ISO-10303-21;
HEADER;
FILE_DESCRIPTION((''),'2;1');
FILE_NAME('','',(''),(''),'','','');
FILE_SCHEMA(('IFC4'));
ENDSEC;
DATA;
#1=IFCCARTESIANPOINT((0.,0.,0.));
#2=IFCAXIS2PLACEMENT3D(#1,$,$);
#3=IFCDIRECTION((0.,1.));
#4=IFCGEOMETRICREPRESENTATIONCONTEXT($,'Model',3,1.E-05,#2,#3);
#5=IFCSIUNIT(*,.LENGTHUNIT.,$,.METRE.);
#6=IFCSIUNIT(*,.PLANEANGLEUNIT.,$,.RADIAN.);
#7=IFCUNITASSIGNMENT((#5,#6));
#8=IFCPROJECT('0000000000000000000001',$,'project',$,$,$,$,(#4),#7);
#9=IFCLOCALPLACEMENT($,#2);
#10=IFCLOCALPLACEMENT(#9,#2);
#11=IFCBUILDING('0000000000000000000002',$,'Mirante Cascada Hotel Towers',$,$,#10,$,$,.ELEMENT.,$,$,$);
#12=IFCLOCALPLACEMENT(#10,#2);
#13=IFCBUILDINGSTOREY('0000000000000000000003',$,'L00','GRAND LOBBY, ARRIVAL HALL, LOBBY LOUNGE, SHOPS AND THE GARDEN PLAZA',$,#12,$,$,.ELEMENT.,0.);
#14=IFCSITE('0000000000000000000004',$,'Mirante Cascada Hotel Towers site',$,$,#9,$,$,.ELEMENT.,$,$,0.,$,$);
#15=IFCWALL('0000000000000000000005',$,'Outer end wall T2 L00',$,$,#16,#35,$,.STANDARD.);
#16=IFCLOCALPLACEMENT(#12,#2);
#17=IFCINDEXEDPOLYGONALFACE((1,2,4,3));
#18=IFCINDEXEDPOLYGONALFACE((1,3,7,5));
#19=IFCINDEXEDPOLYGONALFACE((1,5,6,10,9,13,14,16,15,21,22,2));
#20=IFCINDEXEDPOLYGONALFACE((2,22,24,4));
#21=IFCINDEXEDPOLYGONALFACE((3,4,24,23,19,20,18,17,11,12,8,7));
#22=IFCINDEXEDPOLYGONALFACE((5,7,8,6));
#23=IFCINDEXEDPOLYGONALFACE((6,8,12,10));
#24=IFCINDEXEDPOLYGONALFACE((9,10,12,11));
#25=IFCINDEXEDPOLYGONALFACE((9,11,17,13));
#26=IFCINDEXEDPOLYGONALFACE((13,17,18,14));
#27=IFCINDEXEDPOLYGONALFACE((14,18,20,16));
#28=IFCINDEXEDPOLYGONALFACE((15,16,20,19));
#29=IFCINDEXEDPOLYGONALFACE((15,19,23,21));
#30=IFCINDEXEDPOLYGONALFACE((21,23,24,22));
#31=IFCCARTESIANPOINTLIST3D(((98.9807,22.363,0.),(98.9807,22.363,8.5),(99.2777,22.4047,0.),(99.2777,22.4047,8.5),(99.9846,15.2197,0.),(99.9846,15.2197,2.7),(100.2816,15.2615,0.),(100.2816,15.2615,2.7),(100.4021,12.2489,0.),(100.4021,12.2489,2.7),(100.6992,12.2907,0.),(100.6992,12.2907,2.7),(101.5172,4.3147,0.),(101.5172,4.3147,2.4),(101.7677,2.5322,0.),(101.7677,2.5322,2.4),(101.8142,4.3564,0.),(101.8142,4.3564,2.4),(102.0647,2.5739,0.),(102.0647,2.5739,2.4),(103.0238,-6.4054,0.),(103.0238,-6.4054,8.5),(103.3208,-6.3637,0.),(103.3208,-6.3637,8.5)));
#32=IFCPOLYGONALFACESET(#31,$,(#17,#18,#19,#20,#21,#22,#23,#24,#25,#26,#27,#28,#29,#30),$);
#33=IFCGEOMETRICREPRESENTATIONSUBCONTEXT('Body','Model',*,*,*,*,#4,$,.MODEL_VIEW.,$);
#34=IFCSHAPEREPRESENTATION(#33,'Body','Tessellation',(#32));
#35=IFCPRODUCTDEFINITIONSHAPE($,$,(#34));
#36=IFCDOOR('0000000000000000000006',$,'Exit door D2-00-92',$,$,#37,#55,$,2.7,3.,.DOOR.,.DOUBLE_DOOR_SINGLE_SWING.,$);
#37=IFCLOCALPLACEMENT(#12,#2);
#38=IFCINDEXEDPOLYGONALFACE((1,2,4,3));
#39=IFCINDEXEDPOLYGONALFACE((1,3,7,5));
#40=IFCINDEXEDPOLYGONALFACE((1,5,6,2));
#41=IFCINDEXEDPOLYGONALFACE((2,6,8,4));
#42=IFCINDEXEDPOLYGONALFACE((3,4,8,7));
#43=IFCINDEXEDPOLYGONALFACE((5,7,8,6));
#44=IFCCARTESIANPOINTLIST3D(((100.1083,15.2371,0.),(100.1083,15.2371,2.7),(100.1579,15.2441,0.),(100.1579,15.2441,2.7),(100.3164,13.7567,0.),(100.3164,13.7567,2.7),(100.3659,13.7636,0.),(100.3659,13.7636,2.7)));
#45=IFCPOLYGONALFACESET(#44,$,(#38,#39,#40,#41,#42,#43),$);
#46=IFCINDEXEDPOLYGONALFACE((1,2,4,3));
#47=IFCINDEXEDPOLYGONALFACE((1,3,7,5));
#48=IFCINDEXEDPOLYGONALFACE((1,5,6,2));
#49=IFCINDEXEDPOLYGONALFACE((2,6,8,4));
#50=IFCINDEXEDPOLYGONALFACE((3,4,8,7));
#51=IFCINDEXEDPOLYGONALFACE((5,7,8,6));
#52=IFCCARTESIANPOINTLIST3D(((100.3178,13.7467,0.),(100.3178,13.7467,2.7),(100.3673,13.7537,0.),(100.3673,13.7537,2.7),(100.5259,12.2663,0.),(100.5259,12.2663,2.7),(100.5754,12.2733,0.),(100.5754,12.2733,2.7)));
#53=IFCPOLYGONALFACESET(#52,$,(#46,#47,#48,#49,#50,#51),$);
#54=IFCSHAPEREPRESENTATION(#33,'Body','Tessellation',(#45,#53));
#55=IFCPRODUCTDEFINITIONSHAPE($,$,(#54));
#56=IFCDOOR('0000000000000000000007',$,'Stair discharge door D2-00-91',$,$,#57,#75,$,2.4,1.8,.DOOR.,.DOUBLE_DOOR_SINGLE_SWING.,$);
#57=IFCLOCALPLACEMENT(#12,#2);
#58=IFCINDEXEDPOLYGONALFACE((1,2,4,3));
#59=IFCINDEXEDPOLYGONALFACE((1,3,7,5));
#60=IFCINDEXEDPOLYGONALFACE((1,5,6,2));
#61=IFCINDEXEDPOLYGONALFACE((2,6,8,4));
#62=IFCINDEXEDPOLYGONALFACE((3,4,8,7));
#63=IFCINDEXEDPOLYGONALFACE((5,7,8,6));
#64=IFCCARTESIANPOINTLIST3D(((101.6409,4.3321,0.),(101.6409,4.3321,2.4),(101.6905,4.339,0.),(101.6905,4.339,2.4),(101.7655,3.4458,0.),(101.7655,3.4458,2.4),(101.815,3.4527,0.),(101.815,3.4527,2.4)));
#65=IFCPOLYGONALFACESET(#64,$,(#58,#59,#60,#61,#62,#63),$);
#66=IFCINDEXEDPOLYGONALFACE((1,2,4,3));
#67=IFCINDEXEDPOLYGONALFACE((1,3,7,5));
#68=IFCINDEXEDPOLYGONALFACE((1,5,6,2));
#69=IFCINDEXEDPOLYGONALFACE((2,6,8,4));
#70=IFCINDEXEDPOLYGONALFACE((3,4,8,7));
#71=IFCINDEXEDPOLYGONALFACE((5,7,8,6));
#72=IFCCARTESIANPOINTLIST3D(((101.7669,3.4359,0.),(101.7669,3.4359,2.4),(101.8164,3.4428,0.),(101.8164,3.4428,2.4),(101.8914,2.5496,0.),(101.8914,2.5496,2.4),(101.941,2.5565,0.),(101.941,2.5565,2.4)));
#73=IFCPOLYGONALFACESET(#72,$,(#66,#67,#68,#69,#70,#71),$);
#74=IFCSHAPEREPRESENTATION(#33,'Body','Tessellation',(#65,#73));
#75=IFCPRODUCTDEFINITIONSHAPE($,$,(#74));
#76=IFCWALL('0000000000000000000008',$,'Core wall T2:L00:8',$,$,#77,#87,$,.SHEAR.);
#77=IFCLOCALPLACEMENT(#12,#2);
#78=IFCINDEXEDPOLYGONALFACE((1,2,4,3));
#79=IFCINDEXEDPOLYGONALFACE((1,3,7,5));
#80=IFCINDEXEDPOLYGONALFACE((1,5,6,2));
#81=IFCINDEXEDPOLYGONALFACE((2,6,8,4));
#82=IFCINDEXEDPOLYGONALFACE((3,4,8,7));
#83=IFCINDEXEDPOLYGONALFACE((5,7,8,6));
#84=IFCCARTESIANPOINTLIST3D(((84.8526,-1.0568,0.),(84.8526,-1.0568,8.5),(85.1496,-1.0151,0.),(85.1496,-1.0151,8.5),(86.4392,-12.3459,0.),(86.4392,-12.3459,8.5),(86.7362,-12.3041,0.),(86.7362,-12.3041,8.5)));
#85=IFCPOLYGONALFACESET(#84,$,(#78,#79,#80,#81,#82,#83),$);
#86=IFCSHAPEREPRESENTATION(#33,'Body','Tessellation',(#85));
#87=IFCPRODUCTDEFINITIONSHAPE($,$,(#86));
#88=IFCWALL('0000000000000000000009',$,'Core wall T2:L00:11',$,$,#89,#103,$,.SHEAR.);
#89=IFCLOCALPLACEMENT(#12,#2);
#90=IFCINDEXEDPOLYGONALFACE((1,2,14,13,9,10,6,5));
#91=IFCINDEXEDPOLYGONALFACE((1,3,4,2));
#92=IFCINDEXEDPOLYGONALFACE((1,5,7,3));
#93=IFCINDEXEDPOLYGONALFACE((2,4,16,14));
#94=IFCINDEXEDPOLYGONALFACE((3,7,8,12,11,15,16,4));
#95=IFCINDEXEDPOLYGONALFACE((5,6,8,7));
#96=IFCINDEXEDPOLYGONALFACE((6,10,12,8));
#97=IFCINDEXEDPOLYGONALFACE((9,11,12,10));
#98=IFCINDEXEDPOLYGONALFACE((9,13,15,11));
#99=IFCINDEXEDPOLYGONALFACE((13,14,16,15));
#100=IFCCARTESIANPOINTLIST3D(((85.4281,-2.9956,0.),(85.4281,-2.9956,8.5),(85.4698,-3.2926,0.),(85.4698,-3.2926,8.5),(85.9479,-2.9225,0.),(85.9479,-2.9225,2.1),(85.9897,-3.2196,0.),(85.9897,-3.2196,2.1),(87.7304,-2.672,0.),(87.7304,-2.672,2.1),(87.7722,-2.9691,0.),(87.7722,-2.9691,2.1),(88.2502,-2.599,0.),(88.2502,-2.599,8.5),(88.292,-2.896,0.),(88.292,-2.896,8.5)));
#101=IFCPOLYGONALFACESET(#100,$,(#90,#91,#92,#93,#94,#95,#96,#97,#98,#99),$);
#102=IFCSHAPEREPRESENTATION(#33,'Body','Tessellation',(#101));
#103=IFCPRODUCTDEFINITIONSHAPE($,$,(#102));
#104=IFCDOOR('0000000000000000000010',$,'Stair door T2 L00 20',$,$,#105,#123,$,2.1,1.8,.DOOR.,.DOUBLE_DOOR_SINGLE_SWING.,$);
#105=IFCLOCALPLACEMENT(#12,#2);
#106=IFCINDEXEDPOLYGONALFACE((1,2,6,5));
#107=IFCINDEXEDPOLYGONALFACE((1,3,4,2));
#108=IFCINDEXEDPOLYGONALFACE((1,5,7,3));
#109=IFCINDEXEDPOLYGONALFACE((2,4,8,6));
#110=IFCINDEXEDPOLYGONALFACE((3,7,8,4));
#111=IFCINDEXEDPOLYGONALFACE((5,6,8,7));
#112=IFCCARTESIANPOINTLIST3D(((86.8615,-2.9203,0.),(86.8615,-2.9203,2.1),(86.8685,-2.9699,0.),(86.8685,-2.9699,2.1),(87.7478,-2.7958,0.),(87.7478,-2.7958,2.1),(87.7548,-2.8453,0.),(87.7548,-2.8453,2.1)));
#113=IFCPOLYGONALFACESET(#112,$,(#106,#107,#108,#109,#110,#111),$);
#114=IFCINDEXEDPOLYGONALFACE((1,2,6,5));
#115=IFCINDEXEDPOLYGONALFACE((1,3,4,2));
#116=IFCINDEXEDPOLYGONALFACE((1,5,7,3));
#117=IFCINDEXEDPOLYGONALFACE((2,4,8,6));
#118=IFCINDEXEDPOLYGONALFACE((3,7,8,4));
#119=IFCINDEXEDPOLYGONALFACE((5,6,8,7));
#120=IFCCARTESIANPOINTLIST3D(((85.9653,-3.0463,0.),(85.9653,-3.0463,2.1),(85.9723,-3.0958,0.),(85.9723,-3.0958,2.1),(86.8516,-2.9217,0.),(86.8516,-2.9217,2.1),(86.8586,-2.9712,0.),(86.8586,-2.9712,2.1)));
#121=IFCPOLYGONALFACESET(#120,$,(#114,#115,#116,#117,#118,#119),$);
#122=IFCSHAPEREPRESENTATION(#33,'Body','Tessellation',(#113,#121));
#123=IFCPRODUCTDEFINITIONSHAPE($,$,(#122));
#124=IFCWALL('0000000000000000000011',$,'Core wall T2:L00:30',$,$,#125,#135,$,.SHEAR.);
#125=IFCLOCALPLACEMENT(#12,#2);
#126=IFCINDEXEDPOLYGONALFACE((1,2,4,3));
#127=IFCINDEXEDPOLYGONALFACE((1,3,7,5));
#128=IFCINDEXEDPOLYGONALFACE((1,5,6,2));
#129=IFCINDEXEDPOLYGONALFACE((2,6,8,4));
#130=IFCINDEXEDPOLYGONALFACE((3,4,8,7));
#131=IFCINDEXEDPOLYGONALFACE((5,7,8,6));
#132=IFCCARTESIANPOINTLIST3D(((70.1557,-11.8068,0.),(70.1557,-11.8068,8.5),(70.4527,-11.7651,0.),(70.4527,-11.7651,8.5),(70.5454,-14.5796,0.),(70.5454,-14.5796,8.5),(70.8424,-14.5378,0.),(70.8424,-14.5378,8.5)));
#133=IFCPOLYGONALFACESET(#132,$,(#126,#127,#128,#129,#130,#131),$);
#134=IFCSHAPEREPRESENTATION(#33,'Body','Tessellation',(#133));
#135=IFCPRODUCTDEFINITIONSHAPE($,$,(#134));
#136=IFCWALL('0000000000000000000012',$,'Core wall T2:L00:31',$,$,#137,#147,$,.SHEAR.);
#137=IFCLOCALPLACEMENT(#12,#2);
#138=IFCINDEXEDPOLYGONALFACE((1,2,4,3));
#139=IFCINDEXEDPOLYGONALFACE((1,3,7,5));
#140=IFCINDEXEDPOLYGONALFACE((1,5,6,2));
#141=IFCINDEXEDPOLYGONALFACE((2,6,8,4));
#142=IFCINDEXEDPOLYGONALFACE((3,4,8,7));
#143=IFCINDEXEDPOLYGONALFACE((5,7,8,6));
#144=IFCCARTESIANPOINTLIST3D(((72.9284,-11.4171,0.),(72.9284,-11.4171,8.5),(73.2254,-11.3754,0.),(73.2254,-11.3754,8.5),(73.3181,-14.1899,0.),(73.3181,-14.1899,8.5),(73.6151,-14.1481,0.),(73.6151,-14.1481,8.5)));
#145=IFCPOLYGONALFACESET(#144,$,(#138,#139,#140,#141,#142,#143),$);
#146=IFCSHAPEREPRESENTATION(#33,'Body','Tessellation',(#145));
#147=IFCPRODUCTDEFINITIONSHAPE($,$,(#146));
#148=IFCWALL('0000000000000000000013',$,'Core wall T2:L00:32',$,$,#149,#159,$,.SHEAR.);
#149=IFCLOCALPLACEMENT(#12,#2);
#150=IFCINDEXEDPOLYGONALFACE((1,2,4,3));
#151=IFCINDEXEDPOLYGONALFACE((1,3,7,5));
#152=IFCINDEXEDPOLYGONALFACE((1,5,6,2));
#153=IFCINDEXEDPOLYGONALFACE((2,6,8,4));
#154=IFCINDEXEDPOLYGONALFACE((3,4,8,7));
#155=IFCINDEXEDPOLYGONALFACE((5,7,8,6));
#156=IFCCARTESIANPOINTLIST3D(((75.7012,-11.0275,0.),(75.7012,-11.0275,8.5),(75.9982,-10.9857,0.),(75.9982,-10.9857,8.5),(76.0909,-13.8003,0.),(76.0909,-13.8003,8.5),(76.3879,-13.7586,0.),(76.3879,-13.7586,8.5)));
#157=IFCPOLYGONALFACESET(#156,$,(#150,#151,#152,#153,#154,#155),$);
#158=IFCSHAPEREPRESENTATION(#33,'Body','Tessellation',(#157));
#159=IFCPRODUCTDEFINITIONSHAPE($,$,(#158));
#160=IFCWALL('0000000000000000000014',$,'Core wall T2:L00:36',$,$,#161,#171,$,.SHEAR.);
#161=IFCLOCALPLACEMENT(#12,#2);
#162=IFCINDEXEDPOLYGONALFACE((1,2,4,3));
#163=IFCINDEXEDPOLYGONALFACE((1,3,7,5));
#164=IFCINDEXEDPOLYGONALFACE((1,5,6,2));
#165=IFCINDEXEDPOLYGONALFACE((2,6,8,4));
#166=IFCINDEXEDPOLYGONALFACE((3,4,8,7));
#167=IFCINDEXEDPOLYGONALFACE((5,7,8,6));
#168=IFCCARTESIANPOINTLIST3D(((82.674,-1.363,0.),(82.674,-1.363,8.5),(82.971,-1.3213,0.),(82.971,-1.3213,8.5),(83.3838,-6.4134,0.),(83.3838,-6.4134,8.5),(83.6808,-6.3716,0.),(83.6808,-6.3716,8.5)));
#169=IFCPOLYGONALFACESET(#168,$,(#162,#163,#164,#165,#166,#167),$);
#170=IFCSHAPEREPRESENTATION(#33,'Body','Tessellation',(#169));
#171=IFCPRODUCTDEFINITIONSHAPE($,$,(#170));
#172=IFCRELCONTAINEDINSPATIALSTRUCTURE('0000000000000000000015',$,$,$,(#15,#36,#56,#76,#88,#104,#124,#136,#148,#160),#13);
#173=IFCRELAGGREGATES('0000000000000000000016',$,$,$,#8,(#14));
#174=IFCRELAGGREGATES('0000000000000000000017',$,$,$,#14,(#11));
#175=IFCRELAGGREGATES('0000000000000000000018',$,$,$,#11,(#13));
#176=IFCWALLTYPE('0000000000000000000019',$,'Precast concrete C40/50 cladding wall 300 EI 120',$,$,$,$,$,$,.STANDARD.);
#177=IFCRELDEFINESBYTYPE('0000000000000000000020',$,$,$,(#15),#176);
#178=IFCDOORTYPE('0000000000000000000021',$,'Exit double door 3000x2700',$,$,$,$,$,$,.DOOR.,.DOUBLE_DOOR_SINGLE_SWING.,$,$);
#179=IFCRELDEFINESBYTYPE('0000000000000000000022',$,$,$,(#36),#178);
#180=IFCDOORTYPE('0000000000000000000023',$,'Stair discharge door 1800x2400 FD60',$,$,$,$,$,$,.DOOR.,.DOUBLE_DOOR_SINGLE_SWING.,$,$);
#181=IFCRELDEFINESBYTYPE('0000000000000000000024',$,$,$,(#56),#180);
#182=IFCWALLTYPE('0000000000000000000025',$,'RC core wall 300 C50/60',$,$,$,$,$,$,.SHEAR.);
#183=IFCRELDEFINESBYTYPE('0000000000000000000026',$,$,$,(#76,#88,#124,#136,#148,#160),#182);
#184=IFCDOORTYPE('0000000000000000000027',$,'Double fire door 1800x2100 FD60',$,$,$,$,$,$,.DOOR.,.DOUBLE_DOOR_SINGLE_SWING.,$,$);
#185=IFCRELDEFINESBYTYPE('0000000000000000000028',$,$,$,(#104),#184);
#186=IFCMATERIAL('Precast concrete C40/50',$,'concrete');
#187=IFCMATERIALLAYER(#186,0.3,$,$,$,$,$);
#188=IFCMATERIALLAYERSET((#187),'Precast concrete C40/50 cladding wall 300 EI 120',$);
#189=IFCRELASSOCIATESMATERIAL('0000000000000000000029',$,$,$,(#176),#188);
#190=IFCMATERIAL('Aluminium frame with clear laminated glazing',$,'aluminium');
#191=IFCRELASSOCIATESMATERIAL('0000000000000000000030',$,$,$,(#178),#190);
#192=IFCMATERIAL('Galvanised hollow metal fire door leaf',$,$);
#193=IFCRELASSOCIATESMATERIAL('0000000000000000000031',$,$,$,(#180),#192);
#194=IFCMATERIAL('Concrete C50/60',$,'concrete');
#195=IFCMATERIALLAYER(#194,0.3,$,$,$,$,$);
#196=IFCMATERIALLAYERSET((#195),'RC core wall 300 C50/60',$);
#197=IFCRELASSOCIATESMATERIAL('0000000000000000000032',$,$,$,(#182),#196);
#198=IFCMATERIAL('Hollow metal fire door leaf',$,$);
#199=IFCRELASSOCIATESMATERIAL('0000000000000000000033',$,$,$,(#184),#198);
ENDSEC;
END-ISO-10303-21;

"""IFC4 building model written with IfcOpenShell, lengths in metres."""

from ifc_helpers import new_model, si_unit, direction, frame, frame_2d, origin, place, context, subcontext, project, spatial, rectangle, extrude, material, layer, layer_set, type_object, element, fill, save


model = new_model("IFC4")

# Units and contexts
model_context = context("Model", 3, precision=1e-05, world=origin(), true_north=direction((0.0, 1.0)))
body_context = subcontext(model_context, "Body", "Model", "MODEL_VIEW")
ifc_project = project(units=[si_unit("LENGTHUNIT", "METRE"), si_unit("PLANEANGLEUNIT", "RADIAN")], contexts=[model_context])

# Site, building, storey
site_placement = place(None, origin())
site = spatial("IfcSite", under=ifc_project, at=site_placement, Name="Mirante Cascada Hotel Towers site", CompositionType="ELEMENT", RefElevation=0.0)
building_placement = place(site_placement, origin())
building = spatial("IfcBuilding", under=site, at=building_placement, Name="Mirante Cascada Hotel Towers", CompositionType="ELEMENT")
storey_placement = place(building_placement, origin())
storey = spatial("IfcBuildingStorey", under=building, at=storey_placement, Name="L00", Description="GRAND LOBBY, ARRIVAL HALL, LOBBY LOUNGE, SHOPS AND THE GARDEN PLAZA", CompositionType="ELEMENT", Elevation=0.0)

# Wall, openings, doors
ifc_material_1 = material(Name="Precast concrete C40/50", Category="concrete")
ifc_layer_1 = layer(ifc_material_1, 0.3)
ifc_layer_set_1 = layer_set([ifc_layer_1], Name="Precast concrete C40/50 cladding wall 300 EI 120")
wall_type_1 = type_object("IfcWallType", Name="Precast concrete C40/50 cladding wall 300 EI 120", PredefinedType="STANDARD", material=ifc_layer_set_1)
wall_1_placement = place(storey_placement, frame((103.1723, -6.3846, 0.0), z_axis=(0.0, 0.0, 1.0), x_axis=(-0.139172, 0.990268, 0.0)))
wall_1 = element("IfcWall", 1, at=wall_1_placement, inside=storey, type_object=wall_type_1, Name="Outer end wall T2 L00", PredefinedType="STANDARD", context=body_context, shape_type="SweptSolid", body=[
    extrude(rectangle(XDim=29.0511, YDim=0.3, at=frame_2d((14.5256, 0.0))), origin(), (0.0, 0.0, 1.0), 8.5),
])
opening_1_placement = place(wall_1_placement, frame((9.0255, 0.0, 0.0)))
opening_1 = element("IfcOpeningElement", 2, at=opening_1_placement, cuts=wall_1, PredefinedType="OPENING", context=body_context, shape_type="SweptSolid", body=[
    extrude(rectangle(XDim=1.8, YDim=2.4, at=frame_2d((0.9, 1.2))), frame((0.0, 0.15, 0.0), z_axis=(0.0, -1.0, 0.0), x_axis=(1.0, 0.0, 0.0)), (0.0, 0.0, 1.0), 0.3),
])
opening_2_placement = place(wall_1_placement, frame((18.8377, 0.0, 0.0)))
opening_2 = element("IfcOpeningElement", 3, at=opening_2_placement, cuts=wall_1, PredefinedType="OPENING", context=body_context, shape_type="SweptSolid", body=[
    extrude(rectangle(XDim=3.0, YDim=2.7, at=frame_2d((1.5, 1.35))), frame((0.0, 0.15, 0.0), z_axis=(0.0, -1.0, 0.0), x_axis=(1.0, 0.0, 0.0)), (0.0, 0.0, 1.0), 0.3),
])
ifc_material_2 = material(Name="Aluminium frame with clear laminated glazing", Category="aluminium")
door_type_1 = type_object("IfcDoorType", Name="Exit double door 3000x2700", OperationType="DOUBLE_DOOR_SINGLE_SWING", PredefinedType="DOOR", material=ifc_material_2)
door_1_placement = place(opening_2_placement, frame((3.0, 0.0, 0.0), z_axis=(0.0, 0.0, 1.0), x_axis=(-1.0, 0.0, 0.0)))
door_1 = element("IfcDoor", 4, at=door_1_placement, inside=storey, type_object=door_type_1, Name="Exit door D2-00-92", OperationType="DOUBLE_DOOR_SINGLE_SWING", OverallHeight=2.7, OverallWidth=3.0, PredefinedType="DOOR", context=body_context, shape_type="SweptSolid", body=[
    extrude(rectangle(XDim=1.495, YDim=2.7, at=frame_2d((0.7475, 1.35))), frame((0.0, 0.025, 0.0), z_axis=(0.0, -1.0, 0.0), x_axis=(1.0, 0.0, 0.0)), (0.0, 0.0, 1.0), 0.05),
    extrude(rectangle(XDim=1.495, YDim=2.7, at=frame_2d((2.2525, 1.35))), frame((0.0, 0.025, 0.0), z_axis=(0.0, -1.0, 0.0), x_axis=(1.0, 0.0, 0.0)), (0.0, 0.0, 1.0), 0.05),
])
fill(opening_2, door_1)
ifc_material_3 = material(Name="Galvanised hollow metal fire door leaf")
door_type_2 = type_object("IfcDoorType", Name="Stair discharge door 1800x2400 FD60", OperationType="DOUBLE_DOOR_SINGLE_SWING", PredefinedType="DOOR", material=ifc_material_3)
door_2_placement = place(opening_1_placement, frame((1.8, 0.0, 0.0), z_axis=(0.0, 0.0, 1.0), x_axis=(-1.0, 0.0, 0.0)))
door_2 = element("IfcDoor", 5, at=door_2_placement, inside=storey, type_object=door_type_2, Name="Stair discharge door D2-00-91", OperationType="DOUBLE_DOOR_SINGLE_SWING", OverallHeight=2.4, OverallWidth=1.8, PredefinedType="DOOR", context=body_context, shape_type="SweptSolid", body=[
    extrude(rectangle(XDim=0.895, YDim=2.4, at=frame_2d((0.4475, 1.2))), frame((0.0, 0.025, 0.0), z_axis=(0.0, -1.0, 0.0), x_axis=(1.0, 0.0, 0.0)), (0.0, 0.0, 1.0), 0.05),
    extrude(rectangle(XDim=0.895, YDim=2.4, at=frame_2d((1.3525, 1.2))), frame((0.0, 0.025, 0.0), z_axis=(0.0, -1.0, 0.0), x_axis=(1.0, 0.0, 0.0)), (0.0, 0.0, 1.0), 0.05),
])
fill(opening_1, door_2)

# Wall
ifc_material_4 = material(Name="Concrete C50/60", Category="concrete")
ifc_layer_2 = layer(ifc_material_4, 0.3)
ifc_layer_set_2 = layer_set([ifc_layer_2], Name="RC core wall 300 C50/60")
wall_type_2 = type_object("IfcWallType", Name="RC core wall 300 C50/60", PredefinedType="SHEAR", material=ifc_layer_set_2)
wall_2_placement = place(storey_placement, frame((86.5877, -12.325, 0.0), z_axis=(0.0, 0.0, 1.0), x_axis=(-0.139175, 0.990268, 0.0)))
element("IfcWall", 6, at=wall_2_placement, inside=storey, type_object=wall_type_2, Name="Core wall T2:L00:8", PredefinedType="SHEAR", context=body_context, shape_type="SweptSolid", body=[
    extrude(rectangle(XDim=11.4, YDim=0.3, at=frame_2d((5.7, 0.0))), origin(), (0.0, 0.0, 1.0), 8.5),
])

# Wall, opening, door
wall_3_placement = place(storey_placement, frame((85.4489, -3.1441, 0.0), z_axis=(0.0, 0.0, 1.0), x_axis=(0.99027, 0.139161, 0.0)))
wall_3 = element("IfcWall", 7, at=wall_3_placement, inside=storey, type_object=wall_type_2, Name="Core wall T2:L00:11", PredefinedType="SHEAR", context=body_context, shape_type="SweptSolid", body=[
    extrude(rectangle(XDim=2.8499, YDim=0.3, at=frame_2d((1.425, 0.0))), origin(), (0.0, 0.0, 1.0), 8.5),
])
opening_3_placement = place(wall_3_placement, frame((0.525, 0.0, 0.0)))
opening_3 = element("IfcOpeningElement", 8, at=opening_3_placement, cuts=wall_3, PredefinedType="OPENING", context=body_context, shape_type="SweptSolid", body=[
    extrude(rectangle(XDim=1.8, YDim=2.1, at=frame_2d((0.9, 1.05))), frame((0.0, 0.15, 0.0), z_axis=(0.0, -1.0, 0.0), x_axis=(1.0, 0.0, 0.0)), (0.0, 0.0, 1.0), 0.3),
])
ifc_material_5 = material(Name="Hollow metal fire door leaf")
door_type_3 = type_object("IfcDoorType", Name="Double fire door 1800x2100 FD60", OperationType="DOUBLE_DOOR_SINGLE_SWING", PredefinedType="DOOR", material=ifc_material_5)
door_3_placement = place(opening_3_placement, frame((1.8, 0.0, 0.0), z_axis=(0.0, 0.0, 1.0), x_axis=(-1.0, 0.0, 0.0)))
door_3 = element("IfcDoor", 9, at=door_3_placement, inside=storey, type_object=door_type_3, Name="Stair door T2 L00 20", OperationType="DOUBLE_DOOR_SINGLE_SWING", OverallHeight=2.1, OverallWidth=1.8, PredefinedType="DOOR", context=body_context, shape_type="SweptSolid", body=[
    extrude(rectangle(XDim=0.895, YDim=2.1, at=frame_2d((0.4475, 1.05))), frame((0.0, 0.025, 0.0), z_axis=(0.0, -1.0, 0.0), x_axis=(1.0, 0.0, 0.0)), (0.0, 0.0, 1.0), 0.05),
    extrude(rectangle(XDim=0.895, YDim=2.1, at=frame_2d((1.3525, 1.05))), frame((0.0, 0.025, 0.0), z_axis=(0.0, -1.0, 0.0), x_axis=(1.0, 0.0, 0.0)), (0.0, 0.0, 1.0), 0.05),
])
fill(opening_3, door_3)

# Walls
for number, where, z_axis, x_axis, name in (
    (10, (70.6939, -14.5587, 0.0), (0.0, 0.0, 1.0), (-0.139181, 0.990267, 0.0), "Core wall T2:L00:30"),
    (11, (73.4666, -14.169, 0.0), (0.0, 0.0, 1.0), (-0.139181, 0.990267, 0.0), "Core wall T2:L00:31"),
):
    element("IfcWall", number, at=place(storey_placement, frame(where, z_axis=z_axis, x_axis=x_axis)), inside=storey, type_object=wall_type_2, Name=name, PredefinedType="SHEAR", context=body_context, shape_type="SweptSolid", body=[
        extrude(rectangle(XDim=2.8, YDim=0.3, at=frame_2d((1.4, 0.0))), origin(), (0.0, 0.0, 1.0), 8.5),
    ])
wall_4_placement = place(storey_placement, frame((76.2394, -13.7794, 0.0), z_axis=(0.0, 0.0, 1.0), x_axis=(-0.139176, 0.990268, 0.0)))
element("IfcWall", 12, at=wall_4_placement, inside=storey, type_object=wall_type_2, Name="Core wall T2:L00:32", PredefinedType="SHEAR", context=body_context, shape_type="SweptSolid", body=[
    extrude(rectangle(XDim=2.8001, YDim=0.3, at=frame_2d((1.4, 0.0))), origin(), (0.0, 0.0, 1.0), 8.5),
])
wall_5_placement = place(storey_placement, frame((83.5323, -6.3925, 0.0), z_axis=(0.0, 0.0, 1.0), x_axis=(-0.139176, 0.990268, 0.0)))
element("IfcWall", 13, at=wall_5_placement, inside=storey, type_object=wall_type_2, Name="Core wall T2:L00:36", PredefinedType="SHEAR", context=body_context, shape_type="SweptSolid", body=[
    extrude(rectangle(XDim=5.1, YDim=0.3, at=frame_2d((2.55, 0.0))), origin(), (0.0, 0.0, 1.0), 8.5),
])

save(model, "model.ifc")
